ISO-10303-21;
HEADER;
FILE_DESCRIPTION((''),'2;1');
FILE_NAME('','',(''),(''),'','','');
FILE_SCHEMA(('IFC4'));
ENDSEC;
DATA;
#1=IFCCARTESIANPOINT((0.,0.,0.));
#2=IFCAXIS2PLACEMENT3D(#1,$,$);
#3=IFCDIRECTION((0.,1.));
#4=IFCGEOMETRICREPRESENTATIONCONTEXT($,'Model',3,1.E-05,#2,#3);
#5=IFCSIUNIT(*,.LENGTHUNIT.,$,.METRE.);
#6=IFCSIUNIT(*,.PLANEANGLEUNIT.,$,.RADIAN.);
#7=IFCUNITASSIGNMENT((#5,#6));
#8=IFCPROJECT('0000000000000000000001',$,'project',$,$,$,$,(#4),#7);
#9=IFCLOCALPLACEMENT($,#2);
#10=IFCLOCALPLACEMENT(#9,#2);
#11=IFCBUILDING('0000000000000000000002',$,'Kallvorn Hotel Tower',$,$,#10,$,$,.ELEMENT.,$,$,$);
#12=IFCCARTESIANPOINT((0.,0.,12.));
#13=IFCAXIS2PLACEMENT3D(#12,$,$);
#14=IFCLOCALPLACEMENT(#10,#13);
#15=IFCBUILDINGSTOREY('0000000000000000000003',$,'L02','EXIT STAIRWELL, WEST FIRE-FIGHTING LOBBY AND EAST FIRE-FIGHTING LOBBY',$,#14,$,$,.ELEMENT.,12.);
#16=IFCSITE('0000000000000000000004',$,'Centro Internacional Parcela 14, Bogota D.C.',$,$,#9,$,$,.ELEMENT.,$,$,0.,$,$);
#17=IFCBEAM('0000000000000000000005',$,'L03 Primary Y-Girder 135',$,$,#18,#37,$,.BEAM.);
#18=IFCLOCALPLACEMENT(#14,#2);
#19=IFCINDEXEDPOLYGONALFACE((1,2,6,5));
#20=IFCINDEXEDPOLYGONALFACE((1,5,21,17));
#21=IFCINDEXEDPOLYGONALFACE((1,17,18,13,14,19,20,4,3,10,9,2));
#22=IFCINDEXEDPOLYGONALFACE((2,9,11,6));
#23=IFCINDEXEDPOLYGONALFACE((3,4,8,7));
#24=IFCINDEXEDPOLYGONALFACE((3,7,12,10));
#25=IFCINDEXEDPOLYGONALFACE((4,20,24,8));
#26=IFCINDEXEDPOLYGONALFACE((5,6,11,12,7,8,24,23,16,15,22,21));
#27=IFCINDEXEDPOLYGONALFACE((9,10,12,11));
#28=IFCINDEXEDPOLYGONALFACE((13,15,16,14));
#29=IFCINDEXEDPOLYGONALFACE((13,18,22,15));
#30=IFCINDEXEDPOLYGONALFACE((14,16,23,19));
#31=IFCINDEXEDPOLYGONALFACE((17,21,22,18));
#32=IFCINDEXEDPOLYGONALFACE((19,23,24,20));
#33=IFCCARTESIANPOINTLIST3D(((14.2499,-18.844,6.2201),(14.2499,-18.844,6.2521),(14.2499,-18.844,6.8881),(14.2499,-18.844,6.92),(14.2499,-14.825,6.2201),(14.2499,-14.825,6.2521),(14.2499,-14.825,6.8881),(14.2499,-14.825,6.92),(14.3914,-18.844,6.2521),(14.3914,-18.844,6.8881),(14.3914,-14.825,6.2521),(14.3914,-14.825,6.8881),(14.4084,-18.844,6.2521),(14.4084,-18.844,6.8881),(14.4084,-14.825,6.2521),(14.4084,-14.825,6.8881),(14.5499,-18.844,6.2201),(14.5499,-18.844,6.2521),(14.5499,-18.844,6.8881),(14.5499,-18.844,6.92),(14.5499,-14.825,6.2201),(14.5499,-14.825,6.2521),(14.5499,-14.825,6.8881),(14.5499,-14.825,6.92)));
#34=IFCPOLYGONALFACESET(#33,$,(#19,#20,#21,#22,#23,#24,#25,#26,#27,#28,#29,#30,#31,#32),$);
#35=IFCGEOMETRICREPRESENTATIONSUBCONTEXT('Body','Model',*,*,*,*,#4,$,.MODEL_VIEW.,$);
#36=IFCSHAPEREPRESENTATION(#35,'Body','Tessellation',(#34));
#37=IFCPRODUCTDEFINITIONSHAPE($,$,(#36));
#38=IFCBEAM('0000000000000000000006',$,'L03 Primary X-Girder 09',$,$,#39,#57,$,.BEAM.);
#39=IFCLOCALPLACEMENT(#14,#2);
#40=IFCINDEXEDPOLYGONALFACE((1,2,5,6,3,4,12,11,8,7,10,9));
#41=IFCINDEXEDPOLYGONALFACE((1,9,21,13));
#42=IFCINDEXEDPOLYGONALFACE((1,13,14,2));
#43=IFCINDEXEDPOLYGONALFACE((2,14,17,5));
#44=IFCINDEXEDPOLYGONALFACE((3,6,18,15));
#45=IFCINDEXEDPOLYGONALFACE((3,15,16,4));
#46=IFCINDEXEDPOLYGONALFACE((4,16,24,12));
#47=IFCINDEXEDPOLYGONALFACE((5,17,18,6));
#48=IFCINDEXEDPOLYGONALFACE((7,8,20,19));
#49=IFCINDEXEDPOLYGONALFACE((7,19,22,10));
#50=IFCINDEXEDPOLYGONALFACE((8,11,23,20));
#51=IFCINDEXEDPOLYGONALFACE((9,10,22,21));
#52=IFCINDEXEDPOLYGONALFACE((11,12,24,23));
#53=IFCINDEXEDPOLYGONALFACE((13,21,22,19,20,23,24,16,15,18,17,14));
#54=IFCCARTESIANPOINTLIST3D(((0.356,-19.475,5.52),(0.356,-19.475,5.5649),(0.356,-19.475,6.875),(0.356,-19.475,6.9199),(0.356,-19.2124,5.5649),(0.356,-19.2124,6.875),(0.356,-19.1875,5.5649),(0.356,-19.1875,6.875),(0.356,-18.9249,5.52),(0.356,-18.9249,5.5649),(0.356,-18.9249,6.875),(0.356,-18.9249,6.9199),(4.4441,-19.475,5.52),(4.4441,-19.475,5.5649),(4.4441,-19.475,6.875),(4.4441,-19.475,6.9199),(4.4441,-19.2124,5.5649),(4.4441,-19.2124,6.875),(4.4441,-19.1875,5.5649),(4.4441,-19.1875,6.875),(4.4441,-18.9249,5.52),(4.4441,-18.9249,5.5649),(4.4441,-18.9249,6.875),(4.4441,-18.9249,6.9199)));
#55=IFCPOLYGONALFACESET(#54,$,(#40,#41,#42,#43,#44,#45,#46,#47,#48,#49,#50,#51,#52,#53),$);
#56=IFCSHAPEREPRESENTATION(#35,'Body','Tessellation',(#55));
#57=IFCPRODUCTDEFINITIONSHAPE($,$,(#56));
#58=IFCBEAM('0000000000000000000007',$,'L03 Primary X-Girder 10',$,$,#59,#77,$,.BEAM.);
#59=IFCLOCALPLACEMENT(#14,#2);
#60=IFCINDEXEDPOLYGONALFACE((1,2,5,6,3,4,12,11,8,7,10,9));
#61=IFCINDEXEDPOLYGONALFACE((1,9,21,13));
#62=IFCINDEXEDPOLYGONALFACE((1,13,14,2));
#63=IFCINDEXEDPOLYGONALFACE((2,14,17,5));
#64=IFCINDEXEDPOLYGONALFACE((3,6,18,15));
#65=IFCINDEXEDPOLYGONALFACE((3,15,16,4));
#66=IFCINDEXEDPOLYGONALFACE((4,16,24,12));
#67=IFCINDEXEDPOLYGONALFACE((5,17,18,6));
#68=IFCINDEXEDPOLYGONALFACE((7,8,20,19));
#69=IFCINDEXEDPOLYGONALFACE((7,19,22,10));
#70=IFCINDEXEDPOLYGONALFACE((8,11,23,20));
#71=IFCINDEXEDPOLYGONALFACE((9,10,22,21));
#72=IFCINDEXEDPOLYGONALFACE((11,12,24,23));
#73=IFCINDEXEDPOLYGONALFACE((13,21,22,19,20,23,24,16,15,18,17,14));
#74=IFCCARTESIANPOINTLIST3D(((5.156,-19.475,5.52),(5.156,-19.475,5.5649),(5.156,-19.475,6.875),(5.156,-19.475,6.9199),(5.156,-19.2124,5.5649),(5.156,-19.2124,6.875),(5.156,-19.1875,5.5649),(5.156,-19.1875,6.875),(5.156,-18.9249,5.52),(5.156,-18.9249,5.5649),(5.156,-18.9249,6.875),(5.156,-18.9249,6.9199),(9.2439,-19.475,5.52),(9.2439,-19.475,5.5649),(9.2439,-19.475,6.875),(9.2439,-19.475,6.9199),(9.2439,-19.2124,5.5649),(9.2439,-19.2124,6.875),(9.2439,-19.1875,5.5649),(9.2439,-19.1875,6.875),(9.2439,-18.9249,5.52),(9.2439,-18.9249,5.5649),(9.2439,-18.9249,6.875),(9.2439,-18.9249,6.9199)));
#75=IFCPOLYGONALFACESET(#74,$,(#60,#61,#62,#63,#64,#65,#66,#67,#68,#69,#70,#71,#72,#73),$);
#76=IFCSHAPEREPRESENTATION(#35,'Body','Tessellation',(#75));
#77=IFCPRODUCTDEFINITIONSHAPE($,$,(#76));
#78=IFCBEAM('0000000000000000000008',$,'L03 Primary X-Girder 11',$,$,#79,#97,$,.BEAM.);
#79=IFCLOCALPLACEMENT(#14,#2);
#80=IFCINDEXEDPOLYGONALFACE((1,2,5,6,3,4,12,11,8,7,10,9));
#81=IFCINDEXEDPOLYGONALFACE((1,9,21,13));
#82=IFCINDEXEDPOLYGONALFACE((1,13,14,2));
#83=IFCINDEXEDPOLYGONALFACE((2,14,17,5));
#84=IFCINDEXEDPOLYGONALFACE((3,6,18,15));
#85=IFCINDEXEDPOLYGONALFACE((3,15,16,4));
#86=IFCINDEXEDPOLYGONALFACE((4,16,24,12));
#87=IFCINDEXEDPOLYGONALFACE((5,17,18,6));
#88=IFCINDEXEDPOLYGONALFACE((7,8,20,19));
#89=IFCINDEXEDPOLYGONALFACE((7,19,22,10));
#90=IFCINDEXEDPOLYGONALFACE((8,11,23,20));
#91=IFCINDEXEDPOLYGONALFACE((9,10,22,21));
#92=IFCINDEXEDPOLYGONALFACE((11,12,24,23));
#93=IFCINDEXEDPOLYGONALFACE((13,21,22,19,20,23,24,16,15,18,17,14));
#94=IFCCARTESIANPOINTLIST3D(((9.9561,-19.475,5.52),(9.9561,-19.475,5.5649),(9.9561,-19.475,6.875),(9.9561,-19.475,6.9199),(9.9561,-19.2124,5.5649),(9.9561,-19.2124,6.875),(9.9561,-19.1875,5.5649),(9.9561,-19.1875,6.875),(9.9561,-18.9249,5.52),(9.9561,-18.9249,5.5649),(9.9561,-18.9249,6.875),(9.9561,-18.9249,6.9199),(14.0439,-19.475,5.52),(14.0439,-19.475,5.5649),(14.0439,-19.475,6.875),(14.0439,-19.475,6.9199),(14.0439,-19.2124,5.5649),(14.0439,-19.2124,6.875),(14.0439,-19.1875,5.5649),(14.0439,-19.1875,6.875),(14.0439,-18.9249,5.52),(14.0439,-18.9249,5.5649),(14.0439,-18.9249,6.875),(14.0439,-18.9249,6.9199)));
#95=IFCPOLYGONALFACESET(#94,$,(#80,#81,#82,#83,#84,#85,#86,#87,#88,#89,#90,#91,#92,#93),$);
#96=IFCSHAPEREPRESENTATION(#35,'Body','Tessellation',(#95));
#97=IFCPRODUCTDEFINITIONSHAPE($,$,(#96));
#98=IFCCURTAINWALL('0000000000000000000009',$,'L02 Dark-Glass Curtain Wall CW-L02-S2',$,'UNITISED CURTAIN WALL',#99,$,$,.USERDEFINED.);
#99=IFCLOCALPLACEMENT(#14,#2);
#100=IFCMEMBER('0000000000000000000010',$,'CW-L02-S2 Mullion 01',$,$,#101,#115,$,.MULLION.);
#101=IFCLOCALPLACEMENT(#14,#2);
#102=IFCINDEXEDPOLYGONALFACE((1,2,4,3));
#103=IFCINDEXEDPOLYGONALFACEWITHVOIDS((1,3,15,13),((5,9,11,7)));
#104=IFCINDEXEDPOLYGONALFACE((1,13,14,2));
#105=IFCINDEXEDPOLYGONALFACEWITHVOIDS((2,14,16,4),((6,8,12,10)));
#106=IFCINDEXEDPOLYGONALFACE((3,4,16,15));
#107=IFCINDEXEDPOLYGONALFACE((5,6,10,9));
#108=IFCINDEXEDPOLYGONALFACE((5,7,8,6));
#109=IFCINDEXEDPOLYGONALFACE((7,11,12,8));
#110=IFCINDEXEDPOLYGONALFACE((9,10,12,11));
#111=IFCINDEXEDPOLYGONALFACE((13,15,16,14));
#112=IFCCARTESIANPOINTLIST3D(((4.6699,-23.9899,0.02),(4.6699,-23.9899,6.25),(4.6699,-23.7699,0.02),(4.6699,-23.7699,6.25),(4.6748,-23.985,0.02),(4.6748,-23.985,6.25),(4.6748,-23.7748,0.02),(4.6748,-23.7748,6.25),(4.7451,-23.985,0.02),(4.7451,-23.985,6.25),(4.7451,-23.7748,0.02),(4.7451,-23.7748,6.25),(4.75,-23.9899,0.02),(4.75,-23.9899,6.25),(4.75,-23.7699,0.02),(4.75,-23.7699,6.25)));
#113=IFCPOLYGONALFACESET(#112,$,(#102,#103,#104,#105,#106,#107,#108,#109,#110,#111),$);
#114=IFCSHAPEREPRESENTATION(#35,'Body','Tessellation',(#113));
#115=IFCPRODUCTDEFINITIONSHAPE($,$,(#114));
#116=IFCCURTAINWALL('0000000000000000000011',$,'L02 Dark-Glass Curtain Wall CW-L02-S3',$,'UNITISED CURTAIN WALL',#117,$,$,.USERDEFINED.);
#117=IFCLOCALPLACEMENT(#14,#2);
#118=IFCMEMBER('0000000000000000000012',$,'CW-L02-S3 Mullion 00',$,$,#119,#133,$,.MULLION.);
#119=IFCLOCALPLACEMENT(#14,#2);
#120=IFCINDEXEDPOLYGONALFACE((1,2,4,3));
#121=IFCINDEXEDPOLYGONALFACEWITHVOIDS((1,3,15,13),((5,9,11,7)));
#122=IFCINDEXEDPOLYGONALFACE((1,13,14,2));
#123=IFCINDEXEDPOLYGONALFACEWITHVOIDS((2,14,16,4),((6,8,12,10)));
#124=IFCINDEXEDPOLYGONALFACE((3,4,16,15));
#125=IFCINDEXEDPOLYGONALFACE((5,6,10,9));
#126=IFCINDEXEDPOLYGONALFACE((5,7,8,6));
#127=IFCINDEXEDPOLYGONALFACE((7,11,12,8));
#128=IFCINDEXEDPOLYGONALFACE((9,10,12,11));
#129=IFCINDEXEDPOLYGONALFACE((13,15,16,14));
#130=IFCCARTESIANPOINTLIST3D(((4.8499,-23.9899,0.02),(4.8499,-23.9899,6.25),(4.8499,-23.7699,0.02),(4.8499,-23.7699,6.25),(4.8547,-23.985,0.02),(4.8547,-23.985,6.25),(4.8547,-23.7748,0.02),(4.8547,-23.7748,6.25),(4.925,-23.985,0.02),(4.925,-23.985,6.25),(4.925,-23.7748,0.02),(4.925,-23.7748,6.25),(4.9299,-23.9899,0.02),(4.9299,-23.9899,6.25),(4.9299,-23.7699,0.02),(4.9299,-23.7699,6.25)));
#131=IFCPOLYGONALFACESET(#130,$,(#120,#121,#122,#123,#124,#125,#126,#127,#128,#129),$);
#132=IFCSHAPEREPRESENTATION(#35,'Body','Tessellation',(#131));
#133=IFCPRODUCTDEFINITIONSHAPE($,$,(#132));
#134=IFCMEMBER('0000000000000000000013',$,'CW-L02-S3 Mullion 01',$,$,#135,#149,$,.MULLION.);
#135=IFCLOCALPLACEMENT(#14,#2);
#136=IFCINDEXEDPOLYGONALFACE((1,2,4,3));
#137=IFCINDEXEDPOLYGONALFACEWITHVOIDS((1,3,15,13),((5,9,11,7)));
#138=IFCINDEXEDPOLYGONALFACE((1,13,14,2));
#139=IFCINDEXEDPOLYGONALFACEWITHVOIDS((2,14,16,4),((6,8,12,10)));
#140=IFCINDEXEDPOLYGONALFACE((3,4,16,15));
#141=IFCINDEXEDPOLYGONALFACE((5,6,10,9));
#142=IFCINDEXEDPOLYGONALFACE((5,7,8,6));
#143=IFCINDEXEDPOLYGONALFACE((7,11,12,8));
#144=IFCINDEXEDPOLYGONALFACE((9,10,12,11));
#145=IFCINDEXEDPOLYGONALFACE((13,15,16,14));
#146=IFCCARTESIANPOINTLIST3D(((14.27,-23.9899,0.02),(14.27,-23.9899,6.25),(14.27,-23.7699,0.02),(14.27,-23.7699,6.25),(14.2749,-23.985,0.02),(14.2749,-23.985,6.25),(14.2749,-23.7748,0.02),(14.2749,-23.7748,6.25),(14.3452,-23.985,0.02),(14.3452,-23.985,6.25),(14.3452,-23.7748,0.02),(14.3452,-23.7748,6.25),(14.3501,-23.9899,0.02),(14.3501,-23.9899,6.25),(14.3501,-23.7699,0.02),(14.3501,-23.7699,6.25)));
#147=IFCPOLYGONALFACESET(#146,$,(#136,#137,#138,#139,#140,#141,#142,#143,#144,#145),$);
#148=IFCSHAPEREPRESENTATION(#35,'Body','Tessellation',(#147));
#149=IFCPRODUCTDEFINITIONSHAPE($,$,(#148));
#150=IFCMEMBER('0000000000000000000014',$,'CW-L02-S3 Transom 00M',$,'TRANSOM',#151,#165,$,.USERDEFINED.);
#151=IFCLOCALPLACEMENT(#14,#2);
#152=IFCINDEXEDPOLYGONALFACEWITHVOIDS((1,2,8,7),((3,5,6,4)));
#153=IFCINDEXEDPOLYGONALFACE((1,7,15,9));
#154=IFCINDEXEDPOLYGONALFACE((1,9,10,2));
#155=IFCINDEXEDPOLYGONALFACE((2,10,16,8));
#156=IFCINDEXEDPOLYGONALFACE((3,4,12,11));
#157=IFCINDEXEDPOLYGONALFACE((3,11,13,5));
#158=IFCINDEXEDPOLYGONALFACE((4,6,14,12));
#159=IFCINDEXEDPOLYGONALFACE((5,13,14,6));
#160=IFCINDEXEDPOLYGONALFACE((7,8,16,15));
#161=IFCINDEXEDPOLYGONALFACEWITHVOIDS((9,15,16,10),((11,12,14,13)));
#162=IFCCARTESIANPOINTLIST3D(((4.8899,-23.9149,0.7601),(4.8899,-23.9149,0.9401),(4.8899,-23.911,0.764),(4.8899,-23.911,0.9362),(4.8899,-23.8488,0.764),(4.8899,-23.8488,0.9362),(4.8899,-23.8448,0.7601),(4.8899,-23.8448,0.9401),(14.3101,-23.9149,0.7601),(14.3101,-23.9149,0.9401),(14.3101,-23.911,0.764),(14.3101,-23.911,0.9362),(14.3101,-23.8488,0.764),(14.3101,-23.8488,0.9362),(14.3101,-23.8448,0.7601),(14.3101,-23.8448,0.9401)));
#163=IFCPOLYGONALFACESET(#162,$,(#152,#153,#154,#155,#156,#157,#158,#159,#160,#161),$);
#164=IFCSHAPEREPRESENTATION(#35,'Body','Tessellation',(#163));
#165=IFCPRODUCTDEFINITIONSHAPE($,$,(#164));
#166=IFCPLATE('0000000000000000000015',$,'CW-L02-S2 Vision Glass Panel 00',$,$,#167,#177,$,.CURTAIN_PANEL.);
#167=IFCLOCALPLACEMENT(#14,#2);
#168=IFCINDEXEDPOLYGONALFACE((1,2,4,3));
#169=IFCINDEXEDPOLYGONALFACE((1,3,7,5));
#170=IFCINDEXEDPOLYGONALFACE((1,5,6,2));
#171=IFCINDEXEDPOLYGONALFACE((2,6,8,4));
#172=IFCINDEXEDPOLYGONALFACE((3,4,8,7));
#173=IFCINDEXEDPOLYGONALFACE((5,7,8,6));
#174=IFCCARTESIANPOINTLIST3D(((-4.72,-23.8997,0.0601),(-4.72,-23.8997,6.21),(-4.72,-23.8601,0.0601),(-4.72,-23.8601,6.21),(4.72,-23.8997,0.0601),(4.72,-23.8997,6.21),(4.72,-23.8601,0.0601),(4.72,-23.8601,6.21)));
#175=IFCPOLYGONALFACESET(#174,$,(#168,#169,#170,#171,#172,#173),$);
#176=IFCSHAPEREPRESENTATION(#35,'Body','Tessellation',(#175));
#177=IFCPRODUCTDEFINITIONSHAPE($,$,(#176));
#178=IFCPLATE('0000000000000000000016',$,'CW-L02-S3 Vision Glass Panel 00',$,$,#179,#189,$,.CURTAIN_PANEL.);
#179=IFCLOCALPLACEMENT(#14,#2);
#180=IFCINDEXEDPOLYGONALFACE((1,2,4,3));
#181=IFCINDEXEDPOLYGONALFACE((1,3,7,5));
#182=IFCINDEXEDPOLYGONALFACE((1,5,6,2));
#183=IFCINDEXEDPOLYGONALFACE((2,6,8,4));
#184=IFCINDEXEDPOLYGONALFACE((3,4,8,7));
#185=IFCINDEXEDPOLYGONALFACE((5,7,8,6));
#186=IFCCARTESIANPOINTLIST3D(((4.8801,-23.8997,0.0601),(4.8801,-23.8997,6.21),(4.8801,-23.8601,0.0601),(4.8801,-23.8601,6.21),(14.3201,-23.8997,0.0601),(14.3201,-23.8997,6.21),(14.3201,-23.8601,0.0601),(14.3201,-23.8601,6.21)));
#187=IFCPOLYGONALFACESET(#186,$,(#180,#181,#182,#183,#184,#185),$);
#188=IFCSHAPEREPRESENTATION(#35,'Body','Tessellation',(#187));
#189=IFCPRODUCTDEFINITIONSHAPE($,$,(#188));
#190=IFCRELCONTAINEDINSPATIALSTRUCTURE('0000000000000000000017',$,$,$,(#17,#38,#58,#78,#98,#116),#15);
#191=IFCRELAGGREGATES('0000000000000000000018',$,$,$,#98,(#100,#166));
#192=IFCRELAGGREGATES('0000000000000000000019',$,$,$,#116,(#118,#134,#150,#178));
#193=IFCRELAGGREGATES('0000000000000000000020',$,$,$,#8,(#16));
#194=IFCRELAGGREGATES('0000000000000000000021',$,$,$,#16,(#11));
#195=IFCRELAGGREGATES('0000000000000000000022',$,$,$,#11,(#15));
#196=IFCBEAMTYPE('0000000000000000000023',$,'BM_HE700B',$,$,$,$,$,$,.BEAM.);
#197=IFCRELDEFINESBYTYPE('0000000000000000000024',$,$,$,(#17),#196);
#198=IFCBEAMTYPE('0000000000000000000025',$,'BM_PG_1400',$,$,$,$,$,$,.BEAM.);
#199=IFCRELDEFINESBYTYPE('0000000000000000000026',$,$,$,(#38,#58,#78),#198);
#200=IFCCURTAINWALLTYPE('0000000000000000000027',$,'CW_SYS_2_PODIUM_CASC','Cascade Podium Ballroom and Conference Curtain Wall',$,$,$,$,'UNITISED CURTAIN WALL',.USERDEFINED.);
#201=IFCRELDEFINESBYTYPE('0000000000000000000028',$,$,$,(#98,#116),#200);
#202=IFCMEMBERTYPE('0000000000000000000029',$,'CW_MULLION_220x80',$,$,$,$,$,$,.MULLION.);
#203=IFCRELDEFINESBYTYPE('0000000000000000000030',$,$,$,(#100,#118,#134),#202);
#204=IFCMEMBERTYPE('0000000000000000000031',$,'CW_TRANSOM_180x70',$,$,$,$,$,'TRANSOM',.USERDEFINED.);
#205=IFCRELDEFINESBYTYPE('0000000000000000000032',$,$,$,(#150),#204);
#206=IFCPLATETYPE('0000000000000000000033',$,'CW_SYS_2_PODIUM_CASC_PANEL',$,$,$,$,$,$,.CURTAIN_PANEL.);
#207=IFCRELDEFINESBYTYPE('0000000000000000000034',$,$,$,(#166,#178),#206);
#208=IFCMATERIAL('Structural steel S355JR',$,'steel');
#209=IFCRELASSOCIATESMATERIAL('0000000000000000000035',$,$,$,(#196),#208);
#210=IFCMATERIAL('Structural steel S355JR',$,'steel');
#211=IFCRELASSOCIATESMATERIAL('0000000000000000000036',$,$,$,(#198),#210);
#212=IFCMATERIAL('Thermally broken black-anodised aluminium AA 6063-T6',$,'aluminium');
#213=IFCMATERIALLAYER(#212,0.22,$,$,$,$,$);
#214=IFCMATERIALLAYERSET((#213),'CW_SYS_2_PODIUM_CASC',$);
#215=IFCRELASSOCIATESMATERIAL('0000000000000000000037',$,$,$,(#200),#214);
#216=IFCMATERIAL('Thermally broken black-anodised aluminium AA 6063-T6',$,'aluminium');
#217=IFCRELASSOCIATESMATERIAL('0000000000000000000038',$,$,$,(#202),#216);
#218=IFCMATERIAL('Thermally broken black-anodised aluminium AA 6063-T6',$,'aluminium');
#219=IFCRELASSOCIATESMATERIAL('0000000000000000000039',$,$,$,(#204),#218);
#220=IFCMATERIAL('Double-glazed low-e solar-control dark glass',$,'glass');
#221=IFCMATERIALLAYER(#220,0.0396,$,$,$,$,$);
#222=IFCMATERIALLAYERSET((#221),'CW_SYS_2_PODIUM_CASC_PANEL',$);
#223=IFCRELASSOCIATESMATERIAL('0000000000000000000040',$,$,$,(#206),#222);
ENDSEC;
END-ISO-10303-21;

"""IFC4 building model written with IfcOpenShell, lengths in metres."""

from ifc_helpers import new_model, si_unit, direction, frame, origin, origin_2d, place, context, subcontext, project, spatial, rectangle, hollow_rectangle, i_section, extrude, material, layer, layer_set, material_profile, profile_set, type_object, element, aggregate, save


model = new_model("IFC4")

# Units and contexts
model_context = context("Model", 3, precision=1e-05, world=origin(), true_north=direction((0.0, 1.0)))
body_context = subcontext(model_context, "Body", "Model", "MODEL_VIEW")
ifc_project = project(units=[si_unit("LENGTHUNIT", "METRE"), si_unit("PLANEANGLEUNIT", "RADIAN")], contexts=[model_context])

# Site, building, storey
site_placement = place(None, origin())
site = spatial("IfcSite", under=ifc_project, at=site_placement, Name="Centro Internacional Parcela 14, Bogota D.C.", CompositionType="ELEMENT", RefElevation=0.0)
building_placement = place(site_placement, origin())
building = spatial("IfcBuilding", under=site, at=building_placement, Name="Kallvorn Hotel Tower", CompositionType="ELEMENT")
storey_placement = place(building_placement, frame((0.0, 0.0, 12.0)))
storey = spatial("IfcBuildingStorey", under=building, at=storey_placement, Name="L02", Description="EXIT STAIRWELL, WEST FIRE-FIGHTING LOBBY AND EAST FIRE-FIGHTING LOBBY", CompositionType="ELEMENT", Elevation=12.0)

# Beams
ifc_material_1 = material(Name="Structural steel S355JR", Category="steel")
ifc_material_profile_1 = material_profile(ifc_material_1, i_section(OverallWidth=0.3, OverallDepth=0.7, WebThickness=0.0171, FlangeThickness=0.032, at=origin_2d()), Name="HE 700 B")
ifc_profile_set_1 = profile_set([ifc_material_profile_1], Name="Structural steel S355JR")
beam_type_1 = type_object("IfcBeamType", Name="BM_HE700B", PredefinedType="BEAM", material=ifc_profile_set_1)
beam_1_placement = place(storey_placement, frame((14.3999, -18.844, 6.5701), z_axis=(0.0, 1.0, 0.0), x_axis=(-1.0, 0.0, 0.0)))
element("IfcBeam", 1, at=beam_1_placement, inside=storey, type_object=beam_type_1, Name="L03 Primary Y-Girder 135", PredefinedType="BEAM", context=body_context, shape_type="SweptSolid", body=[
    extrude(i_section(OverallWidth=0.3, OverallDepth=0.7, WebThickness=0.0171, FlangeThickness=0.032, at=origin_2d()), origin(), (0.0, 0.0, 1.0), 4.019),
])
ifc_material_2 = material(Name="Structural steel S355JR", Category="steel")
ifc_material_profile_2 = material_profile(ifc_material_2, i_section(OverallWidth=0.55, OverallDepth=1.3999, WebThickness=0.0249, FlangeThickness=0.0449, at=origin_2d()), Name="PG 1400x550x25x45")
ifc_profile_set_2 = profile_set([ifc_material_profile_2], Name="Structural steel S355JR")
beam_type_2 = type_object("IfcBeamType", Name="BM_PG_1400", PredefinedType="BEAM", material=ifc_profile_set_2)
beam_2_placement = place(storey_placement, frame((0.356, -19.2, 6.22), z_axis=(1.0, 0.0, 0.0), x_axis=(0.0, 1.0, 0.0)))
element("IfcBeam", 2, at=beam_2_placement, inside=storey, type_object=beam_type_2, Name="L03 Primary X-Girder 09", PredefinedType="BEAM", context=body_context, shape_type="SweptSolid", body=[
    extrude(i_section(OverallWidth=0.55, OverallDepth=1.3999, WebThickness=0.0249, FlangeThickness=0.0449, at=origin_2d()), origin(), (0.0, 0.0, 1.0), 4.0881),
])
for number, where, z_axis, x_axis, name in (
    (3, (5.156, -19.2, 6.22), (1.0, 0.0, 0.0), (0.0, 1.0, 0.0), "L03 Primary X-Girder 10"),
    (4, (9.9561, -19.2, 6.22), (1.0, 0.0, 0.0), (0.0, 1.0, 0.0), "L03 Primary X-Girder 11"),
):
    element("IfcBeam", number, at=place(storey_placement, frame(where, z_axis=z_axis, x_axis=x_axis)), inside=storey, type_object=beam_type_2, Name=name, PredefinedType="BEAM", context=body_context, shape_type="SweptSolid", body=[
        extrude(i_section(OverallWidth=0.55, OverallDepth=1.3999, WebThickness=0.0249, FlangeThickness=0.0449, at=origin_2d()), origin(), (0.0, 0.0, 1.0), 4.0879),
    ])

# Curtain wall, member
ifc_material_3 = material(Name="Thermally broken black-anodised aluminium AA 6063-T6", Category="aluminium")
ifc_layer_1 = layer(ifc_material_3, 0.22)
ifc_layer_set_1 = layer_set([ifc_layer_1], Name="CW_SYS_2_PODIUM_CASC")
curtain_wall_type = type_object("IfcCurtainWallType", Name="CW_SYS_2_PODIUM_CASC", Description="Cascade Podium Ballroom and Conference Curtain Wall", ElementType="UNITISED CURTAIN WALL", PredefinedType="USERDEFINED", material=ifc_layer_set_1)
curtain_wall_1_placement = place(storey_placement, origin())
curtain_wall_1 = element("IfcCurtainWall", 5, at=curtain_wall_1_placement, inside=storey, type_object=curtain_wall_type, Name="L02 Dark-Glass Curtain Wall CW-L02-S2", ObjectType="UNITISED CURTAIN WALL", PredefinedType="USERDEFINED")
ifc_material_4 = material(Name="Thermally broken black-anodised aluminium AA 6063-T6", Category="aluminium")
ifc_material_profile_3 = material_profile(ifc_material_4, hollow_rectangle(XDim=0.0801, YDim=0.22, WallThickness=0.0049, at=origin_2d()), Name="MUL 220x80")
ifc_profile_set_3 = profile_set([ifc_material_profile_3], Name="Thermally broken black-anodised aluminium AA 6063-T6")
member_type_1 = type_object("IfcMemberType", Name="CW_MULLION_220x80", PredefinedType="MULLION", material=ifc_profile_set_3)
member_1_placement = place(storey_placement, frame((4.71, -23.8799, 0.02), z_axis=(0.0, 0.0, 1.0), x_axis=(1.0, 0.0, 0.0)))
member_1 = element("IfcMember", 6, at=member_1_placement, type_object=member_type_1, Name="CW-L02-S2 Mullion 01", PredefinedType="MULLION", context=body_context, shape_type="SweptSolid", body=[
    extrude(hollow_rectangle(XDim=0.0801, YDim=0.22, WallThickness=0.0049, at=origin_2d()), origin(), (0.0, 0.0, 1.0), 6.23),
])

# Curtain wall, members
curtain_wall_2_placement = place(storey_placement, origin())
curtain_wall_2 = element("IfcCurtainWall", 7, at=curtain_wall_2_placement, inside=storey, type_object=curtain_wall_type, Name="L02 Dark-Glass Curtain Wall CW-L02-S3", ObjectType="UNITISED CURTAIN WALL", PredefinedType="USERDEFINED")
member_2_placement = place(storey_placement, frame((4.8899, -23.8799, 0.02), z_axis=(0.0, 0.0, 1.0), x_axis=(1.0, 0.0, 0.0)))
member_2 = element("IfcMember", 8, at=member_2_placement, type_object=member_type_1, Name="CW-L02-S3 Mullion 00", PredefinedType="MULLION", context=body_context, shape_type="SweptSolid", body=[
    extrude(hollow_rectangle(XDim=0.0801, YDim=0.22, WallThickness=0.0049, at=origin_2d()), origin(), (0.0, 0.0, 1.0), 6.23),
])
member_3_placement = place(storey_placement, frame((14.3101, -23.8799, 0.02), z_axis=(0.0, 0.0, 1.0), x_axis=(1.0, 0.0, 0.0)))
member_3 = element("IfcMember", 9, at=member_3_placement, type_object=member_type_1, Name="CW-L02-S3 Mullion 01", PredefinedType="MULLION", context=body_context, shape_type="SweptSolid", body=[
    extrude(hollow_rectangle(XDim=0.0801, YDim=0.22, WallThickness=0.0049, at=origin_2d()), origin(), (0.0, 0.0, 1.0), 6.23),
])
ifc_material_5 = material(Name="Thermally broken black-anodised aluminium AA 6063-T6", Category="aluminium")
ifc_material_profile_4 = material_profile(ifc_material_5, hollow_rectangle(XDim=0.0701, YDim=0.1799, WallThickness=0.0039, at=origin_2d()), Name="TRN 180x70")
ifc_profile_set_4 = profile_set([ifc_material_profile_4], Name="Thermally broken black-anodised aluminium AA 6063-T6")
member_type_2 = type_object("IfcMemberType", Name="CW_TRANSOM_180x70", ElementType="TRANSOM", PredefinedType="USERDEFINED", material=ifc_profile_set_4)
member_4_placement = place(storey_placement, frame((4.8899, -23.8799, 0.8501), z_axis=(1.0, 0.0, 0.0), x_axis=(0.0, 1.0, 0.0)))
member_4 = element("IfcMember", 10, at=member_4_placement, type_object=member_type_2, Name="CW-L02-S3 Transom 00M", ObjectType="TRANSOM", PredefinedType="USERDEFINED", context=body_context, shape_type="SweptSolid", body=[
    extrude(hollow_rectangle(XDim=0.0701, YDim=0.1799, WallThickness=0.0039, at=origin_2d()), origin(), (0.0, 0.0, 1.0), 9.4202),
])

# Plates
ifc_material_6 = material(Name="Double-glazed low-e solar-control dark glass", Category="glass")
ifc_layer_2 = layer(ifc_material_6, 0.0396)
ifc_layer_set_2 = layer_set([ifc_layer_2], Name="CW_SYS_2_PODIUM_CASC_PANEL")
plate_type_1 = type_object("IfcPlateType", Name="CW_SYS_2_PODIUM_CASC_PANEL", PredefinedType="CURTAIN_PANEL", material=ifc_layer_set_2)
plate_1_placement = place(storey_placement, frame((0.0, -23.8799, 0.0601), z_axis=(0.0, 0.0, 1.0), x_axis=(1.0, 0.0, 0.0)))
plate_1 = element("IfcPlate", 11, at=plate_1_placement, type_object=plate_type_1, Name="CW-L02-S2 Vision Glass Panel 00", PredefinedType="CURTAIN_PANEL", context=body_context, shape_type="SweptSolid", body=[
    extrude(rectangle(XDim=9.4399, YDim=0.0396, at=origin_2d()), origin(), (0.0, 0.0, 1.0), 6.1499),
])
aggregate(curtain_wall_1, [member_1, plate_1])
plate_2_placement = place(storey_placement, frame((9.6001, -23.8799, 0.0601), z_axis=(0.0, 0.0, 1.0), x_axis=(1.0, 0.0, 0.0)))
plate_2 = element("IfcPlate", 12, at=plate_2_placement, type_object=plate_type_1, Name="CW-L02-S3 Vision Glass Panel 00", PredefinedType="CURTAIN_PANEL", context=body_context, shape_type="SweptSolid", body=[
    extrude(rectangle(XDim=9.4399, YDim=0.0396, at=origin_2d()), origin(), (0.0, 0.0, 1.0), 6.1499),
])
aggregate(curtain_wall_2, [member_2, member_3, member_4, plate_2])

save(model, "model.ifc")
